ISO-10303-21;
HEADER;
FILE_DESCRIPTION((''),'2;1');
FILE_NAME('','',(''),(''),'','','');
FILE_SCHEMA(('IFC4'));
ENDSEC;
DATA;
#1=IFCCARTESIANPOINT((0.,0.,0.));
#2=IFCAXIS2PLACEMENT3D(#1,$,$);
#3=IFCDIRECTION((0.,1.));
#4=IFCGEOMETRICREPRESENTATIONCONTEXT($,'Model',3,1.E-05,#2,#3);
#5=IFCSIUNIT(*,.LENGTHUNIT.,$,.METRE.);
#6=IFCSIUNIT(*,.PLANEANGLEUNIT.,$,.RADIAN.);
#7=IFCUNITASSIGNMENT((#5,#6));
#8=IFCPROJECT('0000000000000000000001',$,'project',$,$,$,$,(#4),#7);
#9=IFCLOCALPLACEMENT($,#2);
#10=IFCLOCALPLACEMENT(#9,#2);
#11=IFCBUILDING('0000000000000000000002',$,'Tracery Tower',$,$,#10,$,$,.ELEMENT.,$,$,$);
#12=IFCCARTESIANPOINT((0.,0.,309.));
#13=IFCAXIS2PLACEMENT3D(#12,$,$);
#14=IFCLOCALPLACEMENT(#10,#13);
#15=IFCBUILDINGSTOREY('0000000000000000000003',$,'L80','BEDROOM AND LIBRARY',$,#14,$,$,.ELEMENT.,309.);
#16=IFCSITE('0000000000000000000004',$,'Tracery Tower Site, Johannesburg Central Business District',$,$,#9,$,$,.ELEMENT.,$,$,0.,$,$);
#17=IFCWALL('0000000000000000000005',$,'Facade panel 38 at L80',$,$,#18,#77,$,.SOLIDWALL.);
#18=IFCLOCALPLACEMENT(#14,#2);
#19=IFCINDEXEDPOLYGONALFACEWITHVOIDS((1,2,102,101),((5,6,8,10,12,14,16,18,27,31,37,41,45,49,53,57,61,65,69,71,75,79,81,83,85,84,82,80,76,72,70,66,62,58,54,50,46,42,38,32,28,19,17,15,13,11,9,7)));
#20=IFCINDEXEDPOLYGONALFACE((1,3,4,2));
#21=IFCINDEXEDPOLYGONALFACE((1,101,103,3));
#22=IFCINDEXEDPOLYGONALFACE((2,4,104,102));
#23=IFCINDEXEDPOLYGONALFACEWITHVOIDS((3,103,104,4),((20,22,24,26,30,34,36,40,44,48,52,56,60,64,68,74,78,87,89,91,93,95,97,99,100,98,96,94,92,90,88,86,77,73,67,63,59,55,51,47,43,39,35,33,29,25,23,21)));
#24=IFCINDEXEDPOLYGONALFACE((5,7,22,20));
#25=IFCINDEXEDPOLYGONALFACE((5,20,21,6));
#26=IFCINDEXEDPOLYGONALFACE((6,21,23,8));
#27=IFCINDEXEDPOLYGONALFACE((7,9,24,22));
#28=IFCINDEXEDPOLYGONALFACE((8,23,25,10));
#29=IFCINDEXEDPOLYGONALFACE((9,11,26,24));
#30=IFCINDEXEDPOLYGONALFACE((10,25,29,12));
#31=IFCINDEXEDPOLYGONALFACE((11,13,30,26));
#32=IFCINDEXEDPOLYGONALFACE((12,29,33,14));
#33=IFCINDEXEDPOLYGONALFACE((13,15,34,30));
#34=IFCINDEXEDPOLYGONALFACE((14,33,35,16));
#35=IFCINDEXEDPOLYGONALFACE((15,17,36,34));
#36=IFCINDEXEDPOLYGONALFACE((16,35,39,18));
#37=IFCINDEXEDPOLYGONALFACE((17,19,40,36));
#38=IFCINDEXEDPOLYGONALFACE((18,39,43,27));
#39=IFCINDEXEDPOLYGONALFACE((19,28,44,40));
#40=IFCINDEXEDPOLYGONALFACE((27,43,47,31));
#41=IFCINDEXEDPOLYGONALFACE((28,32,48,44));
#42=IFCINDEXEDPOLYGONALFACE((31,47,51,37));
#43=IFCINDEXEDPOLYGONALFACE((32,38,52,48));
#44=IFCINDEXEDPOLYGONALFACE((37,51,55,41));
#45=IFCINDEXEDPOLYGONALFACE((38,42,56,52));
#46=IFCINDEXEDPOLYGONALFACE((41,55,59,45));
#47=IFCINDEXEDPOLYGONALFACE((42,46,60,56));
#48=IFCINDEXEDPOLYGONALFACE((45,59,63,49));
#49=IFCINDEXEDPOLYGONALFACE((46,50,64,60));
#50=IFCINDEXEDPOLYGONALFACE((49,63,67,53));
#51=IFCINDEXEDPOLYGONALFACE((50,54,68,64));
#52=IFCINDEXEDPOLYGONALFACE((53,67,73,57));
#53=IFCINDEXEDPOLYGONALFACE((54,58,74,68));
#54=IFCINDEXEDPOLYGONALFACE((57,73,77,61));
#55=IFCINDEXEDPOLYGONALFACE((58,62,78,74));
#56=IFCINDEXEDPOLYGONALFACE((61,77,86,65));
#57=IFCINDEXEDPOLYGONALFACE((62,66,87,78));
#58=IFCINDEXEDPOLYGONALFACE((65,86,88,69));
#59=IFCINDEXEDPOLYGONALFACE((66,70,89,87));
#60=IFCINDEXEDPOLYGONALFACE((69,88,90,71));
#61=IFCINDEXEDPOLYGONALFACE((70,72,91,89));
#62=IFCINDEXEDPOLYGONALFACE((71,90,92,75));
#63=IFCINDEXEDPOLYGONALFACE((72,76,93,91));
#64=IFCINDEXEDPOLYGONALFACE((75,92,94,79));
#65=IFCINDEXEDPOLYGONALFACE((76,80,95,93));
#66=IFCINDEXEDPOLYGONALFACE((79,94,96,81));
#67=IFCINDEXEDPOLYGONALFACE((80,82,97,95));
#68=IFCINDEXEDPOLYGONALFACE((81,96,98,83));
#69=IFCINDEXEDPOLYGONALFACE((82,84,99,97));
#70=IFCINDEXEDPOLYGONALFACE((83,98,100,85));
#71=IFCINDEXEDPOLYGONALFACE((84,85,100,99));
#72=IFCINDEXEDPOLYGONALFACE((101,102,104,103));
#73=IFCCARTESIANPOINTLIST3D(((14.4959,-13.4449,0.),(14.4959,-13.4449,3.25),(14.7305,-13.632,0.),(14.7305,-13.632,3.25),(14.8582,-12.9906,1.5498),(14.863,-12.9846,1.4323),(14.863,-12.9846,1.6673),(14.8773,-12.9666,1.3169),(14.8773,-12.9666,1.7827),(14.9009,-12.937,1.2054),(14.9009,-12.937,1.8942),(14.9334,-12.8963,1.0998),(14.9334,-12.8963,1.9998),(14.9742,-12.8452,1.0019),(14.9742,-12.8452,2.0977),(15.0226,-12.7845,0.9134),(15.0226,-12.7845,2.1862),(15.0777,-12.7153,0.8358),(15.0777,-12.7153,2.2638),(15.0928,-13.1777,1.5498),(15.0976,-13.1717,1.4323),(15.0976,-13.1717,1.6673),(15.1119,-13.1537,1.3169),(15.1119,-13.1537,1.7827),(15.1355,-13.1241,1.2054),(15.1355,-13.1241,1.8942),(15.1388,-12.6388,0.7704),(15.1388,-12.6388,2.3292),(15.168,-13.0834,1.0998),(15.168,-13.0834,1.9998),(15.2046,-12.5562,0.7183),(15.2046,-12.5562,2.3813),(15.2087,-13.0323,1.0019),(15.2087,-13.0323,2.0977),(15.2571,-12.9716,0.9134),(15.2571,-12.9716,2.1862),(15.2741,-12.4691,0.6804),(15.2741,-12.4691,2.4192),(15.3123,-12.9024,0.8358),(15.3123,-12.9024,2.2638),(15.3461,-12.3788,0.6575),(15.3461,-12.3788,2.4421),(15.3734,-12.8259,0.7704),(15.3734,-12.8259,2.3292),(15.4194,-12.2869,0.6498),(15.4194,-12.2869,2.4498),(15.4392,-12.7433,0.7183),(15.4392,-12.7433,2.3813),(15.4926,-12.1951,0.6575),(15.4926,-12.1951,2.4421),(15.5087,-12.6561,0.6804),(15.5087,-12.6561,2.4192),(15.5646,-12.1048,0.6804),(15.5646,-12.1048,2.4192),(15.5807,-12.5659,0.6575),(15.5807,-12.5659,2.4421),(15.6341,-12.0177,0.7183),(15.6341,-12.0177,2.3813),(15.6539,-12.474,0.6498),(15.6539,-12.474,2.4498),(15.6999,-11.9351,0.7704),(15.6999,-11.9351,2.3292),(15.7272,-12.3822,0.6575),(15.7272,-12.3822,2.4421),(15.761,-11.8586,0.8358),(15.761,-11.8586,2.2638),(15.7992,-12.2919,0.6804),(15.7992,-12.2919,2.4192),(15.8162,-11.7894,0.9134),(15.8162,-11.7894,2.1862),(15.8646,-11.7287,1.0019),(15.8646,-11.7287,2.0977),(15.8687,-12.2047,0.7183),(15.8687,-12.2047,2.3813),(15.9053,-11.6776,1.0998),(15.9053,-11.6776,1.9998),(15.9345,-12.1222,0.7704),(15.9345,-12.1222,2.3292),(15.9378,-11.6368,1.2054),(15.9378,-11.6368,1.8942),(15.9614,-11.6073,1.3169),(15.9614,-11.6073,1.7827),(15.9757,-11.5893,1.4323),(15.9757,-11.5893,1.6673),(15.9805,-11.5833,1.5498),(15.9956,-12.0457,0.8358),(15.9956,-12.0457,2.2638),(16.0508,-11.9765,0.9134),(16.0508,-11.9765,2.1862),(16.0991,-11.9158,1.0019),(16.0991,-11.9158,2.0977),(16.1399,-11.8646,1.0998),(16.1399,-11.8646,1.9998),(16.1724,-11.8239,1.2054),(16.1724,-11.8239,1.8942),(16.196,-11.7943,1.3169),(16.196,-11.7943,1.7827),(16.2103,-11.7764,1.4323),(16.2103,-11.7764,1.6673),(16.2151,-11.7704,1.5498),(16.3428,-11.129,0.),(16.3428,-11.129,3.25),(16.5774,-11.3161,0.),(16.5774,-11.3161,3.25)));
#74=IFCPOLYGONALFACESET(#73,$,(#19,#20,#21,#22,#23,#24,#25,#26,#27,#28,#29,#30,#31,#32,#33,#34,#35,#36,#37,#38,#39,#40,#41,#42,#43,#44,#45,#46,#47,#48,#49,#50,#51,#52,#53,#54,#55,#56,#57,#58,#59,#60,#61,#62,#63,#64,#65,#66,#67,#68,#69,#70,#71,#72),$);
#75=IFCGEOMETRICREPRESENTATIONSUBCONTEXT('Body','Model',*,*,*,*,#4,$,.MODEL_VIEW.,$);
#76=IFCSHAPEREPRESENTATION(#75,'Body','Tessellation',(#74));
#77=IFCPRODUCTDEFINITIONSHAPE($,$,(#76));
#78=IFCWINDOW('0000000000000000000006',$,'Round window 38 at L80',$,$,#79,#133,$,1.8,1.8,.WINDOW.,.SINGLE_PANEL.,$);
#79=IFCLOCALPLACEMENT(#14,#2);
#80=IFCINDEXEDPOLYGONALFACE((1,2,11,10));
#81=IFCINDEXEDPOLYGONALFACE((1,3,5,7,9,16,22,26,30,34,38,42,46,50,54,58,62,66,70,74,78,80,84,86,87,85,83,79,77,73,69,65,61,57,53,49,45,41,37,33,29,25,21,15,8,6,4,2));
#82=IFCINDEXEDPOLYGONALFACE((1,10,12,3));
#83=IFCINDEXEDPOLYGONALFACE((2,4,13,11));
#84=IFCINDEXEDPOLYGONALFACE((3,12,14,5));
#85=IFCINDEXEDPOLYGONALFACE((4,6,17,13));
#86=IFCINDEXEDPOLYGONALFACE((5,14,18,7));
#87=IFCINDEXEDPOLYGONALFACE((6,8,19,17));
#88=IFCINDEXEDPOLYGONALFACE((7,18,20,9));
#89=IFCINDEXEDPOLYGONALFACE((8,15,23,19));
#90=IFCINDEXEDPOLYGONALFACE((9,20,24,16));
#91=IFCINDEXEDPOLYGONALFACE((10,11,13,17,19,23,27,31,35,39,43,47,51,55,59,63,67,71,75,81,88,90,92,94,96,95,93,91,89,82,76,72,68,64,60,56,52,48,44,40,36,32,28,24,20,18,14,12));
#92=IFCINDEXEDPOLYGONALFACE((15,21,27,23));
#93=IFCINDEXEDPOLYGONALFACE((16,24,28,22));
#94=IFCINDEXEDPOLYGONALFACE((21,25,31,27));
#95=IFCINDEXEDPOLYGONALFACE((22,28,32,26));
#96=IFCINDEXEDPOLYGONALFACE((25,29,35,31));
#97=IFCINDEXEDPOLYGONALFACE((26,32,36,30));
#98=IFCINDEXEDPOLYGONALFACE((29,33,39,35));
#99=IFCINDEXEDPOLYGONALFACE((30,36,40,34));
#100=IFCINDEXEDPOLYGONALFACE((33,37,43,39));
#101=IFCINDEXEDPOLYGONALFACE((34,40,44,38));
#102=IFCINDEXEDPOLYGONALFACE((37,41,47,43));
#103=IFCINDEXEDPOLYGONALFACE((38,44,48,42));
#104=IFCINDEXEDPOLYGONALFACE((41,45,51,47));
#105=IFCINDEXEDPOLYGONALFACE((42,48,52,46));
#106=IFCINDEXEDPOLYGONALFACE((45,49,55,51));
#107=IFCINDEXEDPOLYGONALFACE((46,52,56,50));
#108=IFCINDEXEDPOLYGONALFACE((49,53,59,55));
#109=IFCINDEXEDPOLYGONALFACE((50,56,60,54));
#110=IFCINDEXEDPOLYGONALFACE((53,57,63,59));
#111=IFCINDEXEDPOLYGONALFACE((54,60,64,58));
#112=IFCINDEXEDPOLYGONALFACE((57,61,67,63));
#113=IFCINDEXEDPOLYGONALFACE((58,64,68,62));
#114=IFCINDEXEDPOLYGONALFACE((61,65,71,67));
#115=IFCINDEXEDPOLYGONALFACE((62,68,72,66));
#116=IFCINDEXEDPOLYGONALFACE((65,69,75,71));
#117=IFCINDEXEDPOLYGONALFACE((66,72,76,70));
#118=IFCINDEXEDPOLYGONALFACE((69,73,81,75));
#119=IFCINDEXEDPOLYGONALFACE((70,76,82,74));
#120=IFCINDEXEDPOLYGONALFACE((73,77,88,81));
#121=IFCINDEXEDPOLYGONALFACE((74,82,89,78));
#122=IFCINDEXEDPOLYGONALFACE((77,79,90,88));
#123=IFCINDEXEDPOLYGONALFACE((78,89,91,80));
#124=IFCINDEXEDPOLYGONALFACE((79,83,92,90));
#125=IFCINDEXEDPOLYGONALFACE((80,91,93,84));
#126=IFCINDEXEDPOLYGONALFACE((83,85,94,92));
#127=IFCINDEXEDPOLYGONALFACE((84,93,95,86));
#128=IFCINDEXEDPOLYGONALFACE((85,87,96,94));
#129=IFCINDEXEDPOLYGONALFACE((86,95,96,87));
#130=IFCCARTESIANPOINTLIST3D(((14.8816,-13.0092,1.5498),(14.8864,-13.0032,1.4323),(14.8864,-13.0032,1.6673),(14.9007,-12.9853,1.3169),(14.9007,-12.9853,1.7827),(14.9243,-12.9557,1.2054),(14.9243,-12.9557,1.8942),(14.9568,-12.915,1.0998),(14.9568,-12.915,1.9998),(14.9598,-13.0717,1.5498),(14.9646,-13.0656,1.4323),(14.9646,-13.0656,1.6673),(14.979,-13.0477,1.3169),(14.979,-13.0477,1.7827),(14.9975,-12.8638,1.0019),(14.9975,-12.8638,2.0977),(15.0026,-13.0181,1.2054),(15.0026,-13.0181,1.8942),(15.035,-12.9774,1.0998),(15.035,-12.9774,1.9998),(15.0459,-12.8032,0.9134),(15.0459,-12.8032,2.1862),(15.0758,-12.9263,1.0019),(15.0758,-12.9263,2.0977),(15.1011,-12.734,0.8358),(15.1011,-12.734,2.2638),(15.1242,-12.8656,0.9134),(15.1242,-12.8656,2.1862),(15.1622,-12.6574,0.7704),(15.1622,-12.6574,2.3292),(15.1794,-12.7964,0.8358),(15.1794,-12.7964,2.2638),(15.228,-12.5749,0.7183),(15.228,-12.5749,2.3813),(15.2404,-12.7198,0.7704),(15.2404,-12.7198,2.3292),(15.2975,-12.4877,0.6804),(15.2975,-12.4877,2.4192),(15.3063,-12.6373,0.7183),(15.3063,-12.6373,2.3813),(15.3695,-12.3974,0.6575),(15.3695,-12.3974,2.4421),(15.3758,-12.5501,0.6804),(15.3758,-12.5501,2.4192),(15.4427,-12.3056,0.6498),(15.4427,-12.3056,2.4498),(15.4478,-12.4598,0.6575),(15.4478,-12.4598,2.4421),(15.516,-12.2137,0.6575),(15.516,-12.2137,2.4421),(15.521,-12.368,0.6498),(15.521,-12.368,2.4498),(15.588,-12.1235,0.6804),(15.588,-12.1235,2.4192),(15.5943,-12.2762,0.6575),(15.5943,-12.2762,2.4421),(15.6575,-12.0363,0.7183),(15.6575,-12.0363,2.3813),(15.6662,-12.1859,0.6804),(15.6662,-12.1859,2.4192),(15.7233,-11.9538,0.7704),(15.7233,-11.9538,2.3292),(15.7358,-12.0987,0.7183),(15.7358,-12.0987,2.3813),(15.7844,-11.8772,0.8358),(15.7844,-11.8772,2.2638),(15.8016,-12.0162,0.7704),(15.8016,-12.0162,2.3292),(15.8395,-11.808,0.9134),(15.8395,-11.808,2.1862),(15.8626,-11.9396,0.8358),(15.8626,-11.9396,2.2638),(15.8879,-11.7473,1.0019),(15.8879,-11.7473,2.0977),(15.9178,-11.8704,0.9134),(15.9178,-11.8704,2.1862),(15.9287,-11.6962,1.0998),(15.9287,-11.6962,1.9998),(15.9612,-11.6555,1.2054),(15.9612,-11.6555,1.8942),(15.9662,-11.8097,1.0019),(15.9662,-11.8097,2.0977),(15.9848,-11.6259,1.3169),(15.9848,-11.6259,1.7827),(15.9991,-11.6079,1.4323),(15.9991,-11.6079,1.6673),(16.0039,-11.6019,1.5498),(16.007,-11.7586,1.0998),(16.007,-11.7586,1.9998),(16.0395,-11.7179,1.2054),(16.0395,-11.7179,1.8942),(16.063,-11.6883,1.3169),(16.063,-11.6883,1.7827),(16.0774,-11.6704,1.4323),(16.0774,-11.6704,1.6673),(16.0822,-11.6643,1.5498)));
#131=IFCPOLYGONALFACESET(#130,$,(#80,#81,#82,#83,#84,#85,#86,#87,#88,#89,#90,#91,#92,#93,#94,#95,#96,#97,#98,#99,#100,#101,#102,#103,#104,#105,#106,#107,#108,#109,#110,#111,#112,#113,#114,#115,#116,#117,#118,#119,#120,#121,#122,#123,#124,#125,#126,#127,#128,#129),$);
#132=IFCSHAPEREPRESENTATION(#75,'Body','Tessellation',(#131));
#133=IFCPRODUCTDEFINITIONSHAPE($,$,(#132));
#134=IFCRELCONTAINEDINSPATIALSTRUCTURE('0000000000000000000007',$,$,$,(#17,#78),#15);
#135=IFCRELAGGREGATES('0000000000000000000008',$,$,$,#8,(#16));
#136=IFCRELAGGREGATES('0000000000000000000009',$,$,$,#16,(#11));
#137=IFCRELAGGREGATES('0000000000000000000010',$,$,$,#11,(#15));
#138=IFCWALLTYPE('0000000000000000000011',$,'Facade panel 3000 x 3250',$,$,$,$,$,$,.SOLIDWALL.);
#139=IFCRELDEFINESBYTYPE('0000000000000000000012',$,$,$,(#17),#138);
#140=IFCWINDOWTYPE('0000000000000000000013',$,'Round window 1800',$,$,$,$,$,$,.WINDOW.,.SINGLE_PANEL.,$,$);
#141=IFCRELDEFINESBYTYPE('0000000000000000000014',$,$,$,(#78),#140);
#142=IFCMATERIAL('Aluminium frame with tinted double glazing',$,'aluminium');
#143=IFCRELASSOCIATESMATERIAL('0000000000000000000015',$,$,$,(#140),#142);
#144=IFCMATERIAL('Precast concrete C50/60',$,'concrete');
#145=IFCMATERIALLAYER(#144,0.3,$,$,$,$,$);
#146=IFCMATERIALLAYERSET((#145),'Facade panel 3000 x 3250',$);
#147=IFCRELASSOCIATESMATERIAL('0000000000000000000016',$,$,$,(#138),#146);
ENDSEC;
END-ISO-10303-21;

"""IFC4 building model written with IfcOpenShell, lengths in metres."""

from ifc_helpers import new_model, si_unit, direction, frame, frame_2d, origin, origin_2d, place, context, subcontext, project, spatial, rectangle, circle, extrude, material, layer, layer_set, type_object, element, fill, save


model = new_model("IFC4")

# Units and contexts
model_context = context("Model", 3, precision=1e-05, world=origin(), true_north=direction((0.0, 1.0)))
body_context = subcontext(model_context, "Body", "Model", "MODEL_VIEW")
ifc_project = project(units=[si_unit("LENGTHUNIT", "METRE"), si_unit("PLANEANGLEUNIT", "RADIAN")], contexts=[model_context])

# Site, building, storey
site_placement = place(None, origin())
site = spatial("IfcSite", under=ifc_project, at=site_placement, Name="Tracery Tower Site, Johannesburg Central Business District", CompositionType="ELEMENT", RefElevation=0.0)
building_placement = place(site_placement, origin())
building = spatial("IfcBuilding", under=site, at=building_placement, Name="Tracery Tower", CompositionType="ELEMENT")
storey_placement = place(building_placement, frame((0.0, 0.0, 309.0)))
storey = spatial("IfcBuildingStorey", under=building, at=storey_placement, Name="L80", Description="BEDROOM AND LIBRARY", CompositionType="ELEMENT", Elevation=309.0)

# Wall, opening, window
ifc_material_1 = material(Name="Aluminium frame with tinted double glazing", Category="aluminium")
window_type = type_object("IfcWindowType", Name="Round window 1800", PartitioningType="SINGLE_PANEL", PredefinedType="WINDOW", material=ifc_material_1)
ifc_material_2 = material(Name="Precast concrete C50/60", Category="concrete")
ifc_layer_1 = layer(ifc_material_2, 0.3)
ifc_layer_set_1 = layer_set([ifc_layer_1], Name="Facade panel 3000 x 3250")
wall_type_1 = type_object("IfcWallType", Name="Facade panel 3000 x 3250", PredefinedType="SOLIDWALL", material=ifc_layer_set_1)
wall_1_placement = place(storey_placement, frame((14.6133, -13.5383, 0.0), z_axis=(0.0, 0.0, 1.0), x_axis=(0.623498, 0.781825, 0.0)))
wall_1 = element("IfcWall", 1, at=wall_1_placement, inside=storey, type_object=wall_type_1, Name="Facade panel 38 at L80", PredefinedType="SOLIDWALL", context=body_context, shape_type="SweptSolid", body=[
    extrude(rectangle(XDim=2.9622, YDim=0.3, at=frame_2d((1.481, 0.0))), origin(), (0.0, 0.0, 1.0), 3.25),
])
opening_1_placement = place(wall_1_placement, frame((1.481, 0.0, 1.5498)))
opening_1 = element("IfcOpeningElement", 2, at=opening_1_placement, cuts=wall_1, PredefinedType="OPENING", context=body_context, shape_type="SweptSolid", body=[
    extrude(circle(Radius=0.9, at=origin_2d()), frame((0.0, 0.1599, 0.0), z_axis=(0.0, -1.0, 0.0), x_axis=(1.0, 0.0, 0.0)), (0.0, 0.0, 1.0), 0.3201),
])
window_1_placement = place(opening_1_placement, origin())
window_1 = element("IfcWindow", 3, at=window_1_placement, inside=storey, type_object=window_type, Name="Round window 38 at L80", OverallHeight=1.8, OverallWidth=1.8, PartitioningType="SINGLE_PANEL", PredefinedType="WINDOW", context=body_context, shape_type="SweptSolid", body=[
    extrude(circle(Radius=0.9, at=origin_2d()), frame((0.0, 0.1201, 0.0), z_axis=(0.0, -1.0, 0.0), x_axis=(1.0, 0.0, 0.0)), (0.0, 0.0, 1.0), 0.1001),
])
fill(opening_1, window_1)

save(model, "model.ifc")
